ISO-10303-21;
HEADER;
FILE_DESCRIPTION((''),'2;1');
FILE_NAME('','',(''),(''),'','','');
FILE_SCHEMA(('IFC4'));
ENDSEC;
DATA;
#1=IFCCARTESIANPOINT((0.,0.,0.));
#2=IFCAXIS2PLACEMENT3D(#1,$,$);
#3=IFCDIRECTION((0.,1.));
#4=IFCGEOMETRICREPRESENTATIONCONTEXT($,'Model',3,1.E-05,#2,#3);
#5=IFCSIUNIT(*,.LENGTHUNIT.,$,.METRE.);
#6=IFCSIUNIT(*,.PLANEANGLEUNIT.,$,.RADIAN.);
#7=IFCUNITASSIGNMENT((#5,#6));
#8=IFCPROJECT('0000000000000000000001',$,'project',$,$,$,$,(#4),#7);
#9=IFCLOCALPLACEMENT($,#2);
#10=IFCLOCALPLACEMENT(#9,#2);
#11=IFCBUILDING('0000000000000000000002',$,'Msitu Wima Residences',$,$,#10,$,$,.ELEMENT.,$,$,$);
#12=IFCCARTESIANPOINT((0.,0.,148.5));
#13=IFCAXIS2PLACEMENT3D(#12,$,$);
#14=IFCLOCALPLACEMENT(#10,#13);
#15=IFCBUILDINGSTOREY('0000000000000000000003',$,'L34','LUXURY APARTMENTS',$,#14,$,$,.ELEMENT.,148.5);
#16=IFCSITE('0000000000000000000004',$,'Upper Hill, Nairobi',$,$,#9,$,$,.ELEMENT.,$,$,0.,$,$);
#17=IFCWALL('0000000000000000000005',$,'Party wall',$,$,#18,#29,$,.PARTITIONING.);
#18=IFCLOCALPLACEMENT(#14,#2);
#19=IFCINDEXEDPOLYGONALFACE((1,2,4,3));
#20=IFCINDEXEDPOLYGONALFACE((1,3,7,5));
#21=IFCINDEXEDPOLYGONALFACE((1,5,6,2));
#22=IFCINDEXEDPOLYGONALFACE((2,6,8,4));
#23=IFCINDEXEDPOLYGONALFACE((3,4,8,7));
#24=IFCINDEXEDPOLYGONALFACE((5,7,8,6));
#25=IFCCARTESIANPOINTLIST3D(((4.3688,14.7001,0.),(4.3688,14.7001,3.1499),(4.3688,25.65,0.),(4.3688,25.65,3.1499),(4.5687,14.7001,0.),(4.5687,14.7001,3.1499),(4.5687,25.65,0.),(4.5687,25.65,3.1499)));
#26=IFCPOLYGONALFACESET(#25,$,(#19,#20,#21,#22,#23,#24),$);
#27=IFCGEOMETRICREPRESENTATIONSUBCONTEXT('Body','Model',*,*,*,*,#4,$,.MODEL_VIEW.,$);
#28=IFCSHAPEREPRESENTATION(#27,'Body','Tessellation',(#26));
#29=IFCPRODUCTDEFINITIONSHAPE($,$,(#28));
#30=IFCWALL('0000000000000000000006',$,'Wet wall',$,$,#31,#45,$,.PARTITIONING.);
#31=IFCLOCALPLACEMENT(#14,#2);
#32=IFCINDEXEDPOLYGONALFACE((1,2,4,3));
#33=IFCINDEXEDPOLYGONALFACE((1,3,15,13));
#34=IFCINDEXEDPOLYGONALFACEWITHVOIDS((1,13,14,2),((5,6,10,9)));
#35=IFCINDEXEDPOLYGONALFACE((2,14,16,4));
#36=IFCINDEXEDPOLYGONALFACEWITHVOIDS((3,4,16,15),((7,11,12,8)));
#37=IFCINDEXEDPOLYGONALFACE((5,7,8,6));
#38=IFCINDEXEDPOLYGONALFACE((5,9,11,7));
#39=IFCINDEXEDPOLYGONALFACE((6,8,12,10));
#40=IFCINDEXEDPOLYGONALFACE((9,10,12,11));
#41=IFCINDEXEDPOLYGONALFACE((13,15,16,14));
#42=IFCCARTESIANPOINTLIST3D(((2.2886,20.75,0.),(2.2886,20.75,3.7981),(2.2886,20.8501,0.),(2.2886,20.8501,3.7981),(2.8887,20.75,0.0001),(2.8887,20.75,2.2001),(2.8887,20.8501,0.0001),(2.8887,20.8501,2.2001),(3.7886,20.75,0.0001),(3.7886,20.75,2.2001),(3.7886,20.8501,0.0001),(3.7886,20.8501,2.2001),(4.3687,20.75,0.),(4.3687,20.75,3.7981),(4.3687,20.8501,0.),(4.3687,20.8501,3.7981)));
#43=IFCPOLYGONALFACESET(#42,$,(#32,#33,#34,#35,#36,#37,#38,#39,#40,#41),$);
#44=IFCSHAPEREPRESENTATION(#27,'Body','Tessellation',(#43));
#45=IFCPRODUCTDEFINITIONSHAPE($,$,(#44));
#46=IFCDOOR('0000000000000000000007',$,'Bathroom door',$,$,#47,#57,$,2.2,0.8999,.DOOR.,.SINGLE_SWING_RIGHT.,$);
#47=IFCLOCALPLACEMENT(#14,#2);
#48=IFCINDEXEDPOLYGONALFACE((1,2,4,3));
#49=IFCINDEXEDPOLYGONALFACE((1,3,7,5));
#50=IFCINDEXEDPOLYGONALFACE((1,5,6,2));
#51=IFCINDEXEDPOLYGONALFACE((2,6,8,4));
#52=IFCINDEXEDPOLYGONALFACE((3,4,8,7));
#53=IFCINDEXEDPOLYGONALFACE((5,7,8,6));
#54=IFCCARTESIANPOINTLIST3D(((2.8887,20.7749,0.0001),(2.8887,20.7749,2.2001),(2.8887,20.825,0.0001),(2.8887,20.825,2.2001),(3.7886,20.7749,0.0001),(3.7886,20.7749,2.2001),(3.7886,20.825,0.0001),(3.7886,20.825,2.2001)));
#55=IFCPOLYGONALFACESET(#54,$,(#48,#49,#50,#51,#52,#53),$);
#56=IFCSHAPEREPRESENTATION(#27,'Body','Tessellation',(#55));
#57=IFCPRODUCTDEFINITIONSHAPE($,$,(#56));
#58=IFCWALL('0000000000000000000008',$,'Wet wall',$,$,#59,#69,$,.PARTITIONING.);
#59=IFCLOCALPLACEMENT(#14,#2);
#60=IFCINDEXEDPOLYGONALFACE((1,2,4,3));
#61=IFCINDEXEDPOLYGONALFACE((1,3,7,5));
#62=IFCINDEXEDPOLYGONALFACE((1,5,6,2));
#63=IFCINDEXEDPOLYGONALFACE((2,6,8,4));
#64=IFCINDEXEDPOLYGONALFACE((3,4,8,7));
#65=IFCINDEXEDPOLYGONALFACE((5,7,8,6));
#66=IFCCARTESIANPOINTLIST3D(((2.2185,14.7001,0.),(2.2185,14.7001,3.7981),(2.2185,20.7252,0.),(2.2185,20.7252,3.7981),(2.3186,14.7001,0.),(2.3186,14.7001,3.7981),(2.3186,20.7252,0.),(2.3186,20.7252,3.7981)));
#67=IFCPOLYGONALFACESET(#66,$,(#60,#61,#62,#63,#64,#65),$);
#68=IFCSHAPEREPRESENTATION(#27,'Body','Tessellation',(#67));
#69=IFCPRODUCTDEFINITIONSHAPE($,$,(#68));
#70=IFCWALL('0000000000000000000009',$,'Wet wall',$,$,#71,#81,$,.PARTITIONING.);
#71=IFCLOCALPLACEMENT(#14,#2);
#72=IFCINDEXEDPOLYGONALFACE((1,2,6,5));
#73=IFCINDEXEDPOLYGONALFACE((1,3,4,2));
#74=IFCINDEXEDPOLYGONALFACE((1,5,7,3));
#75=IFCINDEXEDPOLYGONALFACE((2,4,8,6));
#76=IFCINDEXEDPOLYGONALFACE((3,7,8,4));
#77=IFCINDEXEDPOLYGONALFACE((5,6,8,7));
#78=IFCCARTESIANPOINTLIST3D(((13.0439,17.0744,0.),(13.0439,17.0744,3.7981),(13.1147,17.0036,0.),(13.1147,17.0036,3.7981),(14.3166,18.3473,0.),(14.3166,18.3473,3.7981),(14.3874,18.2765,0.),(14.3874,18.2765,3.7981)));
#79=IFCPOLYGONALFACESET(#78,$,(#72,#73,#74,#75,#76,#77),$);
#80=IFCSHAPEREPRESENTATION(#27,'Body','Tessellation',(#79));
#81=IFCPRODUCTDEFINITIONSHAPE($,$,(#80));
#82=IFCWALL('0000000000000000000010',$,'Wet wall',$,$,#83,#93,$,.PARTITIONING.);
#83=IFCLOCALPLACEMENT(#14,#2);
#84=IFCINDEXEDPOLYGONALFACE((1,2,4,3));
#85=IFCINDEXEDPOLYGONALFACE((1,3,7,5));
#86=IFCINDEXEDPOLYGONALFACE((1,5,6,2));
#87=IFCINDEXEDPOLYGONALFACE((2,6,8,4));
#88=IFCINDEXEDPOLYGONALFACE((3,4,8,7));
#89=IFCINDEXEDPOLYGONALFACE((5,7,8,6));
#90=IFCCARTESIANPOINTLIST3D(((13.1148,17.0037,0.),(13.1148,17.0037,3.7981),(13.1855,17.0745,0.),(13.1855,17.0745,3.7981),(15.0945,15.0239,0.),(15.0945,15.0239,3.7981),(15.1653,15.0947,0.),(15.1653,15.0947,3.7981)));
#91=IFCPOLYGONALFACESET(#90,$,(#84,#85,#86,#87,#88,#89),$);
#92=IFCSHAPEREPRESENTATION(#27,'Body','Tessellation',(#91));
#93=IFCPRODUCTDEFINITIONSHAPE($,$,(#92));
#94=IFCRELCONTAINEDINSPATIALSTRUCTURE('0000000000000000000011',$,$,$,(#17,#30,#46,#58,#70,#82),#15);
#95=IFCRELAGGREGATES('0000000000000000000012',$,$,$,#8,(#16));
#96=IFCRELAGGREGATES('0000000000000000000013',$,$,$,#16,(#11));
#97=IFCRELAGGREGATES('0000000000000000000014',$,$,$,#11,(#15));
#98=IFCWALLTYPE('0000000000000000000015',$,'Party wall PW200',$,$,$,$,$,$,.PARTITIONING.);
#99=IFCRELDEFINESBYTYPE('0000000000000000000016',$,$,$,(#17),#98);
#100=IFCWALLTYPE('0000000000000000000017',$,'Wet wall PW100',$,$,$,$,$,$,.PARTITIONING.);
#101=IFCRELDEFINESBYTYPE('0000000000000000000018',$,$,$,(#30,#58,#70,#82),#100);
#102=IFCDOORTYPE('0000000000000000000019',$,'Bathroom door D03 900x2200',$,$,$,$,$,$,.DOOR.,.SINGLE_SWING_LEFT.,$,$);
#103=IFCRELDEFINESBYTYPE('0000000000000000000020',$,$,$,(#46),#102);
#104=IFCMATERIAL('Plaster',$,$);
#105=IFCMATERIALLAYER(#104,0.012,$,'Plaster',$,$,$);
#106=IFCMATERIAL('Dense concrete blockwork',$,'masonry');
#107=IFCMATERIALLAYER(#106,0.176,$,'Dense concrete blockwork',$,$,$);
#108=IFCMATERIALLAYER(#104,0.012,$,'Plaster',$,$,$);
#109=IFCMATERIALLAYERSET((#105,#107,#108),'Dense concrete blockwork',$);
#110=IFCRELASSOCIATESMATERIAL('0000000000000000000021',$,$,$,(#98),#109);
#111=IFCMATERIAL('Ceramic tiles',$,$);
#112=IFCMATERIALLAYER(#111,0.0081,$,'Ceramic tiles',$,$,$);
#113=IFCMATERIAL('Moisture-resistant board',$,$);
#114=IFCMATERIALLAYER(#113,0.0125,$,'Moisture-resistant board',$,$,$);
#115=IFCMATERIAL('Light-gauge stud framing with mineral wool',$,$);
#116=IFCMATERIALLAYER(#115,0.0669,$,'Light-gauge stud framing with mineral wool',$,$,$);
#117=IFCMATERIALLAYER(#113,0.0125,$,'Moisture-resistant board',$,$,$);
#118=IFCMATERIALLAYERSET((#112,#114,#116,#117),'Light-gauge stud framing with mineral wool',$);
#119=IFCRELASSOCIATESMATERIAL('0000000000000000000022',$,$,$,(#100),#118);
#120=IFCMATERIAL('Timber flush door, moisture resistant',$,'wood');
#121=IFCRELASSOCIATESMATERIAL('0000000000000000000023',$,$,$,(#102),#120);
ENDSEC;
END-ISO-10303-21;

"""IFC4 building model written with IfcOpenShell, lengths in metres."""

from ifc_helpers import new_model, si_unit, direction, frame, frame_2d, origin, place, context, subcontext, project, spatial, rectangle, extrude, material, layer, layer_set, type_object, element, fill, save


model = new_model("IFC4")

# Units and contexts
model_context = context("Model", 3, precision=1e-05, world=origin(), true_north=direction((0.0, 1.0)))
body_context = subcontext(model_context, "Body", "Model", "MODEL_VIEW")
ifc_project = project(units=[si_unit("LENGTHUNIT", "METRE"), si_unit("PLANEANGLEUNIT", "RADIAN")], contexts=[model_context])

# Site, building, storey
site_placement = place(None, origin())
site = spatial("IfcSite", under=ifc_project, at=site_placement, Name="Upper Hill, Nairobi", CompositionType="ELEMENT", RefElevation=0.0)
building_placement = place(site_placement, origin())
building = spatial("IfcBuilding", under=site, at=building_placement, Name="Msitu Wima Residences", CompositionType="ELEMENT")
storey_placement = place(building_placement, frame((0.0, 0.0, 148.5)))
storey = spatial("IfcBuildingStorey", under=building, at=storey_placement, Name="L34", Description="LUXURY APARTMENTS", CompositionType="ELEMENT", Elevation=148.5)

# Shared definitions
ifc_material_1 = material(Name="Plaster")

# Wall
ifc_layer_1 = layer(ifc_material_1, 0.012, Name="Plaster")
ifc_material_2 = material(Name="Dense concrete blockwork", Category="masonry")
ifc_layer_2 = layer(ifc_material_2, 0.176, Name="Dense concrete blockwork")
ifc_layer_3 = layer(ifc_material_1, 0.012, Name="Plaster")
ifc_layer_set_1 = layer_set([ifc_layer_1, ifc_layer_2, ifc_layer_3], Name="Dense concrete blockwork")
wall_type_1 = type_object("IfcWallType", Name="Party wall PW200", PredefinedType="PARTITIONING", material=ifc_layer_set_1)
wall_1_placement = place(storey_placement, frame((4.4688, 14.7, 0.0), z_axis=(0.0, 0.0, 1.0), x_axis=(0.0, 1.0, 0.0)))
element("IfcWall", 1, at=wall_1_placement, inside=storey, type_object=wall_type_1, Name="Party wall", PredefinedType="PARTITIONING", context=body_context, shape_type="SweptSolid", body=[
    extrude(rectangle(XDim=10.95, YDim=0.2, at=frame_2d((5.4751, 0.0))), origin(), (0.0, 0.0, 1.0), 3.1499),
])

# Wall, opening, door
ifc_material_3 = material(Name="Ceramic tiles")
ifc_layer_4 = layer(ifc_material_3, 0.0081, Name="Ceramic tiles")
ifc_material_4 = material(Name="Moisture-resistant board")
ifc_layer_5 = layer(ifc_material_4, 0.0125, Name="Moisture-resistant board")
ifc_material_5 = material(Name="Light-gauge stud framing with mineral wool")
ifc_layer_6 = layer(ifc_material_5, 0.0669, Name="Light-gauge stud framing with mineral wool")
ifc_layer_7 = layer(ifc_material_4, 0.0125, Name="Moisture-resistant board")
ifc_layer_set_2 = layer_set([ifc_layer_4, ifc_layer_5, ifc_layer_6, ifc_layer_7], Name="Light-gauge stud framing with mineral wool")
wall_type_2 = type_object("IfcWallType", Name="Wet wall PW100", PredefinedType="PARTITIONING", material=ifc_layer_set_2)
wall_2_placement = place(storey_placement, frame((2.2886, 20.8, 0.0), z_axis=(0.0, 0.0, 1.0), x_axis=(1.0, 0.0, 0.0)))
wall_2 = element("IfcWall", 2, at=wall_2_placement, inside=storey, type_object=wall_type_2, Name="Wet wall", PredefinedType="PARTITIONING", context=body_context, shape_type="SweptSolid", body=[
    extrude(rectangle(XDim=2.0801, YDim=0.1001, at=frame_2d((1.04, 0.0))), origin(), (0.0, 0.0, 1.0), 3.7981),
])
opening_1_placement = place(wall_2_placement, frame((0.6001, 0.0, 0.0)))
opening_1 = element("IfcOpeningElement", 3, at=opening_1_placement, cuts=wall_2, PredefinedType="OPENING", context=body_context, shape_type="SweptSolid", body=[
    extrude(rectangle(XDim=0.8999, YDim=2.2, at=frame_2d((0.45, 1.1001))), frame((0.0, 0.0601, 0.0), z_axis=(0.0, -1.0, 0.0), x_axis=(1.0, 0.0, 0.0)), (0.0, 0.0, 1.0), 0.1201),
])
ifc_material_6 = material(Name="Timber flush door, moisture resistant", Category="wood")
door_type_1 = type_object("IfcDoorType", Name="Bathroom door D03 900x2200", OperationType="SINGLE_SWING_LEFT", PredefinedType="DOOR", material=ifc_material_6)
door_1_placement = place(opening_1_placement, origin())
door_1 = element("IfcDoor", 4, at=door_1_placement, inside=storey, type_object=door_type_1, Name="Bathroom door", OperationType="SINGLE_SWING_RIGHT", OverallHeight=2.2, OverallWidth=0.8999, PredefinedType="DOOR", context=body_context, shape_type="SweptSolid", body=[
    extrude(rectangle(XDim=0.8999, YDim=2.2, at=frame_2d((0.45, 1.1001))), frame((0.0, 0.0249, 0.0), z_axis=(0.0, -1.0, 0.0), x_axis=(1.0, 0.0, 0.0)), (0.0, 0.0, 1.0), 0.05),
])
fill(opening_1, door_1)

# Walls
wall_3_placement = place(storey_placement, frame((2.2686, 14.7, 0.0), z_axis=(0.0, 0.0, 1.0), x_axis=(0.0, 1.0, 0.0)))
element("IfcWall", 5, at=wall_3_placement, inside=storey, type_object=wall_type_2, Name="Wet wall", PredefinedType="PARTITIONING", context=body_context, shape_type="SweptSolid", body=[
    extrude(rectangle(XDim=6.0251, YDim=0.1001, at=frame_2d((3.0127, 0.0))), origin(), (0.0, 0.0, 1.0), 3.7981),
])
wall_4_placement = place(storey_placement, frame((13.0793, 17.0391, 0.0), z_axis=(0.0, 0.0, 1.0), x_axis=(0.707039, 0.707175, 0.0)))
element("IfcWall", 6, at=wall_4_placement, inside=storey, type_object=wall_type_2, Name="Wet wall", PredefinedType="PARTITIONING", context=body_context, shape_type="SweptSolid", body=[
    extrude(rectangle(XDim=1.8, YDim=0.1001, at=frame_2d((0.8999, 0.0))), origin(), (0.0, 0.0, 1.0), 3.7981),
])
wall_5_placement = place(storey_placement, frame((13.1501, 17.0391, 0.0), z_axis=(0.0, 0.0, 1.0), x_axis=(0.707107, -0.707107, 0.0)))
element("IfcWall", 7, at=wall_5_placement, inside=storey, type_object=wall_type_2, Name="Wet wall", PredefinedType="PARTITIONING", context=body_context, shape_type="SweptSolid", body=[
    extrude(rectangle(XDim=2.7998, YDim=0.1001, at=frame_2d((1.3999, 0.0))), origin(), (0.0, 0.0, 1.0), 3.7981),
])

save(model, "model.ifc")
